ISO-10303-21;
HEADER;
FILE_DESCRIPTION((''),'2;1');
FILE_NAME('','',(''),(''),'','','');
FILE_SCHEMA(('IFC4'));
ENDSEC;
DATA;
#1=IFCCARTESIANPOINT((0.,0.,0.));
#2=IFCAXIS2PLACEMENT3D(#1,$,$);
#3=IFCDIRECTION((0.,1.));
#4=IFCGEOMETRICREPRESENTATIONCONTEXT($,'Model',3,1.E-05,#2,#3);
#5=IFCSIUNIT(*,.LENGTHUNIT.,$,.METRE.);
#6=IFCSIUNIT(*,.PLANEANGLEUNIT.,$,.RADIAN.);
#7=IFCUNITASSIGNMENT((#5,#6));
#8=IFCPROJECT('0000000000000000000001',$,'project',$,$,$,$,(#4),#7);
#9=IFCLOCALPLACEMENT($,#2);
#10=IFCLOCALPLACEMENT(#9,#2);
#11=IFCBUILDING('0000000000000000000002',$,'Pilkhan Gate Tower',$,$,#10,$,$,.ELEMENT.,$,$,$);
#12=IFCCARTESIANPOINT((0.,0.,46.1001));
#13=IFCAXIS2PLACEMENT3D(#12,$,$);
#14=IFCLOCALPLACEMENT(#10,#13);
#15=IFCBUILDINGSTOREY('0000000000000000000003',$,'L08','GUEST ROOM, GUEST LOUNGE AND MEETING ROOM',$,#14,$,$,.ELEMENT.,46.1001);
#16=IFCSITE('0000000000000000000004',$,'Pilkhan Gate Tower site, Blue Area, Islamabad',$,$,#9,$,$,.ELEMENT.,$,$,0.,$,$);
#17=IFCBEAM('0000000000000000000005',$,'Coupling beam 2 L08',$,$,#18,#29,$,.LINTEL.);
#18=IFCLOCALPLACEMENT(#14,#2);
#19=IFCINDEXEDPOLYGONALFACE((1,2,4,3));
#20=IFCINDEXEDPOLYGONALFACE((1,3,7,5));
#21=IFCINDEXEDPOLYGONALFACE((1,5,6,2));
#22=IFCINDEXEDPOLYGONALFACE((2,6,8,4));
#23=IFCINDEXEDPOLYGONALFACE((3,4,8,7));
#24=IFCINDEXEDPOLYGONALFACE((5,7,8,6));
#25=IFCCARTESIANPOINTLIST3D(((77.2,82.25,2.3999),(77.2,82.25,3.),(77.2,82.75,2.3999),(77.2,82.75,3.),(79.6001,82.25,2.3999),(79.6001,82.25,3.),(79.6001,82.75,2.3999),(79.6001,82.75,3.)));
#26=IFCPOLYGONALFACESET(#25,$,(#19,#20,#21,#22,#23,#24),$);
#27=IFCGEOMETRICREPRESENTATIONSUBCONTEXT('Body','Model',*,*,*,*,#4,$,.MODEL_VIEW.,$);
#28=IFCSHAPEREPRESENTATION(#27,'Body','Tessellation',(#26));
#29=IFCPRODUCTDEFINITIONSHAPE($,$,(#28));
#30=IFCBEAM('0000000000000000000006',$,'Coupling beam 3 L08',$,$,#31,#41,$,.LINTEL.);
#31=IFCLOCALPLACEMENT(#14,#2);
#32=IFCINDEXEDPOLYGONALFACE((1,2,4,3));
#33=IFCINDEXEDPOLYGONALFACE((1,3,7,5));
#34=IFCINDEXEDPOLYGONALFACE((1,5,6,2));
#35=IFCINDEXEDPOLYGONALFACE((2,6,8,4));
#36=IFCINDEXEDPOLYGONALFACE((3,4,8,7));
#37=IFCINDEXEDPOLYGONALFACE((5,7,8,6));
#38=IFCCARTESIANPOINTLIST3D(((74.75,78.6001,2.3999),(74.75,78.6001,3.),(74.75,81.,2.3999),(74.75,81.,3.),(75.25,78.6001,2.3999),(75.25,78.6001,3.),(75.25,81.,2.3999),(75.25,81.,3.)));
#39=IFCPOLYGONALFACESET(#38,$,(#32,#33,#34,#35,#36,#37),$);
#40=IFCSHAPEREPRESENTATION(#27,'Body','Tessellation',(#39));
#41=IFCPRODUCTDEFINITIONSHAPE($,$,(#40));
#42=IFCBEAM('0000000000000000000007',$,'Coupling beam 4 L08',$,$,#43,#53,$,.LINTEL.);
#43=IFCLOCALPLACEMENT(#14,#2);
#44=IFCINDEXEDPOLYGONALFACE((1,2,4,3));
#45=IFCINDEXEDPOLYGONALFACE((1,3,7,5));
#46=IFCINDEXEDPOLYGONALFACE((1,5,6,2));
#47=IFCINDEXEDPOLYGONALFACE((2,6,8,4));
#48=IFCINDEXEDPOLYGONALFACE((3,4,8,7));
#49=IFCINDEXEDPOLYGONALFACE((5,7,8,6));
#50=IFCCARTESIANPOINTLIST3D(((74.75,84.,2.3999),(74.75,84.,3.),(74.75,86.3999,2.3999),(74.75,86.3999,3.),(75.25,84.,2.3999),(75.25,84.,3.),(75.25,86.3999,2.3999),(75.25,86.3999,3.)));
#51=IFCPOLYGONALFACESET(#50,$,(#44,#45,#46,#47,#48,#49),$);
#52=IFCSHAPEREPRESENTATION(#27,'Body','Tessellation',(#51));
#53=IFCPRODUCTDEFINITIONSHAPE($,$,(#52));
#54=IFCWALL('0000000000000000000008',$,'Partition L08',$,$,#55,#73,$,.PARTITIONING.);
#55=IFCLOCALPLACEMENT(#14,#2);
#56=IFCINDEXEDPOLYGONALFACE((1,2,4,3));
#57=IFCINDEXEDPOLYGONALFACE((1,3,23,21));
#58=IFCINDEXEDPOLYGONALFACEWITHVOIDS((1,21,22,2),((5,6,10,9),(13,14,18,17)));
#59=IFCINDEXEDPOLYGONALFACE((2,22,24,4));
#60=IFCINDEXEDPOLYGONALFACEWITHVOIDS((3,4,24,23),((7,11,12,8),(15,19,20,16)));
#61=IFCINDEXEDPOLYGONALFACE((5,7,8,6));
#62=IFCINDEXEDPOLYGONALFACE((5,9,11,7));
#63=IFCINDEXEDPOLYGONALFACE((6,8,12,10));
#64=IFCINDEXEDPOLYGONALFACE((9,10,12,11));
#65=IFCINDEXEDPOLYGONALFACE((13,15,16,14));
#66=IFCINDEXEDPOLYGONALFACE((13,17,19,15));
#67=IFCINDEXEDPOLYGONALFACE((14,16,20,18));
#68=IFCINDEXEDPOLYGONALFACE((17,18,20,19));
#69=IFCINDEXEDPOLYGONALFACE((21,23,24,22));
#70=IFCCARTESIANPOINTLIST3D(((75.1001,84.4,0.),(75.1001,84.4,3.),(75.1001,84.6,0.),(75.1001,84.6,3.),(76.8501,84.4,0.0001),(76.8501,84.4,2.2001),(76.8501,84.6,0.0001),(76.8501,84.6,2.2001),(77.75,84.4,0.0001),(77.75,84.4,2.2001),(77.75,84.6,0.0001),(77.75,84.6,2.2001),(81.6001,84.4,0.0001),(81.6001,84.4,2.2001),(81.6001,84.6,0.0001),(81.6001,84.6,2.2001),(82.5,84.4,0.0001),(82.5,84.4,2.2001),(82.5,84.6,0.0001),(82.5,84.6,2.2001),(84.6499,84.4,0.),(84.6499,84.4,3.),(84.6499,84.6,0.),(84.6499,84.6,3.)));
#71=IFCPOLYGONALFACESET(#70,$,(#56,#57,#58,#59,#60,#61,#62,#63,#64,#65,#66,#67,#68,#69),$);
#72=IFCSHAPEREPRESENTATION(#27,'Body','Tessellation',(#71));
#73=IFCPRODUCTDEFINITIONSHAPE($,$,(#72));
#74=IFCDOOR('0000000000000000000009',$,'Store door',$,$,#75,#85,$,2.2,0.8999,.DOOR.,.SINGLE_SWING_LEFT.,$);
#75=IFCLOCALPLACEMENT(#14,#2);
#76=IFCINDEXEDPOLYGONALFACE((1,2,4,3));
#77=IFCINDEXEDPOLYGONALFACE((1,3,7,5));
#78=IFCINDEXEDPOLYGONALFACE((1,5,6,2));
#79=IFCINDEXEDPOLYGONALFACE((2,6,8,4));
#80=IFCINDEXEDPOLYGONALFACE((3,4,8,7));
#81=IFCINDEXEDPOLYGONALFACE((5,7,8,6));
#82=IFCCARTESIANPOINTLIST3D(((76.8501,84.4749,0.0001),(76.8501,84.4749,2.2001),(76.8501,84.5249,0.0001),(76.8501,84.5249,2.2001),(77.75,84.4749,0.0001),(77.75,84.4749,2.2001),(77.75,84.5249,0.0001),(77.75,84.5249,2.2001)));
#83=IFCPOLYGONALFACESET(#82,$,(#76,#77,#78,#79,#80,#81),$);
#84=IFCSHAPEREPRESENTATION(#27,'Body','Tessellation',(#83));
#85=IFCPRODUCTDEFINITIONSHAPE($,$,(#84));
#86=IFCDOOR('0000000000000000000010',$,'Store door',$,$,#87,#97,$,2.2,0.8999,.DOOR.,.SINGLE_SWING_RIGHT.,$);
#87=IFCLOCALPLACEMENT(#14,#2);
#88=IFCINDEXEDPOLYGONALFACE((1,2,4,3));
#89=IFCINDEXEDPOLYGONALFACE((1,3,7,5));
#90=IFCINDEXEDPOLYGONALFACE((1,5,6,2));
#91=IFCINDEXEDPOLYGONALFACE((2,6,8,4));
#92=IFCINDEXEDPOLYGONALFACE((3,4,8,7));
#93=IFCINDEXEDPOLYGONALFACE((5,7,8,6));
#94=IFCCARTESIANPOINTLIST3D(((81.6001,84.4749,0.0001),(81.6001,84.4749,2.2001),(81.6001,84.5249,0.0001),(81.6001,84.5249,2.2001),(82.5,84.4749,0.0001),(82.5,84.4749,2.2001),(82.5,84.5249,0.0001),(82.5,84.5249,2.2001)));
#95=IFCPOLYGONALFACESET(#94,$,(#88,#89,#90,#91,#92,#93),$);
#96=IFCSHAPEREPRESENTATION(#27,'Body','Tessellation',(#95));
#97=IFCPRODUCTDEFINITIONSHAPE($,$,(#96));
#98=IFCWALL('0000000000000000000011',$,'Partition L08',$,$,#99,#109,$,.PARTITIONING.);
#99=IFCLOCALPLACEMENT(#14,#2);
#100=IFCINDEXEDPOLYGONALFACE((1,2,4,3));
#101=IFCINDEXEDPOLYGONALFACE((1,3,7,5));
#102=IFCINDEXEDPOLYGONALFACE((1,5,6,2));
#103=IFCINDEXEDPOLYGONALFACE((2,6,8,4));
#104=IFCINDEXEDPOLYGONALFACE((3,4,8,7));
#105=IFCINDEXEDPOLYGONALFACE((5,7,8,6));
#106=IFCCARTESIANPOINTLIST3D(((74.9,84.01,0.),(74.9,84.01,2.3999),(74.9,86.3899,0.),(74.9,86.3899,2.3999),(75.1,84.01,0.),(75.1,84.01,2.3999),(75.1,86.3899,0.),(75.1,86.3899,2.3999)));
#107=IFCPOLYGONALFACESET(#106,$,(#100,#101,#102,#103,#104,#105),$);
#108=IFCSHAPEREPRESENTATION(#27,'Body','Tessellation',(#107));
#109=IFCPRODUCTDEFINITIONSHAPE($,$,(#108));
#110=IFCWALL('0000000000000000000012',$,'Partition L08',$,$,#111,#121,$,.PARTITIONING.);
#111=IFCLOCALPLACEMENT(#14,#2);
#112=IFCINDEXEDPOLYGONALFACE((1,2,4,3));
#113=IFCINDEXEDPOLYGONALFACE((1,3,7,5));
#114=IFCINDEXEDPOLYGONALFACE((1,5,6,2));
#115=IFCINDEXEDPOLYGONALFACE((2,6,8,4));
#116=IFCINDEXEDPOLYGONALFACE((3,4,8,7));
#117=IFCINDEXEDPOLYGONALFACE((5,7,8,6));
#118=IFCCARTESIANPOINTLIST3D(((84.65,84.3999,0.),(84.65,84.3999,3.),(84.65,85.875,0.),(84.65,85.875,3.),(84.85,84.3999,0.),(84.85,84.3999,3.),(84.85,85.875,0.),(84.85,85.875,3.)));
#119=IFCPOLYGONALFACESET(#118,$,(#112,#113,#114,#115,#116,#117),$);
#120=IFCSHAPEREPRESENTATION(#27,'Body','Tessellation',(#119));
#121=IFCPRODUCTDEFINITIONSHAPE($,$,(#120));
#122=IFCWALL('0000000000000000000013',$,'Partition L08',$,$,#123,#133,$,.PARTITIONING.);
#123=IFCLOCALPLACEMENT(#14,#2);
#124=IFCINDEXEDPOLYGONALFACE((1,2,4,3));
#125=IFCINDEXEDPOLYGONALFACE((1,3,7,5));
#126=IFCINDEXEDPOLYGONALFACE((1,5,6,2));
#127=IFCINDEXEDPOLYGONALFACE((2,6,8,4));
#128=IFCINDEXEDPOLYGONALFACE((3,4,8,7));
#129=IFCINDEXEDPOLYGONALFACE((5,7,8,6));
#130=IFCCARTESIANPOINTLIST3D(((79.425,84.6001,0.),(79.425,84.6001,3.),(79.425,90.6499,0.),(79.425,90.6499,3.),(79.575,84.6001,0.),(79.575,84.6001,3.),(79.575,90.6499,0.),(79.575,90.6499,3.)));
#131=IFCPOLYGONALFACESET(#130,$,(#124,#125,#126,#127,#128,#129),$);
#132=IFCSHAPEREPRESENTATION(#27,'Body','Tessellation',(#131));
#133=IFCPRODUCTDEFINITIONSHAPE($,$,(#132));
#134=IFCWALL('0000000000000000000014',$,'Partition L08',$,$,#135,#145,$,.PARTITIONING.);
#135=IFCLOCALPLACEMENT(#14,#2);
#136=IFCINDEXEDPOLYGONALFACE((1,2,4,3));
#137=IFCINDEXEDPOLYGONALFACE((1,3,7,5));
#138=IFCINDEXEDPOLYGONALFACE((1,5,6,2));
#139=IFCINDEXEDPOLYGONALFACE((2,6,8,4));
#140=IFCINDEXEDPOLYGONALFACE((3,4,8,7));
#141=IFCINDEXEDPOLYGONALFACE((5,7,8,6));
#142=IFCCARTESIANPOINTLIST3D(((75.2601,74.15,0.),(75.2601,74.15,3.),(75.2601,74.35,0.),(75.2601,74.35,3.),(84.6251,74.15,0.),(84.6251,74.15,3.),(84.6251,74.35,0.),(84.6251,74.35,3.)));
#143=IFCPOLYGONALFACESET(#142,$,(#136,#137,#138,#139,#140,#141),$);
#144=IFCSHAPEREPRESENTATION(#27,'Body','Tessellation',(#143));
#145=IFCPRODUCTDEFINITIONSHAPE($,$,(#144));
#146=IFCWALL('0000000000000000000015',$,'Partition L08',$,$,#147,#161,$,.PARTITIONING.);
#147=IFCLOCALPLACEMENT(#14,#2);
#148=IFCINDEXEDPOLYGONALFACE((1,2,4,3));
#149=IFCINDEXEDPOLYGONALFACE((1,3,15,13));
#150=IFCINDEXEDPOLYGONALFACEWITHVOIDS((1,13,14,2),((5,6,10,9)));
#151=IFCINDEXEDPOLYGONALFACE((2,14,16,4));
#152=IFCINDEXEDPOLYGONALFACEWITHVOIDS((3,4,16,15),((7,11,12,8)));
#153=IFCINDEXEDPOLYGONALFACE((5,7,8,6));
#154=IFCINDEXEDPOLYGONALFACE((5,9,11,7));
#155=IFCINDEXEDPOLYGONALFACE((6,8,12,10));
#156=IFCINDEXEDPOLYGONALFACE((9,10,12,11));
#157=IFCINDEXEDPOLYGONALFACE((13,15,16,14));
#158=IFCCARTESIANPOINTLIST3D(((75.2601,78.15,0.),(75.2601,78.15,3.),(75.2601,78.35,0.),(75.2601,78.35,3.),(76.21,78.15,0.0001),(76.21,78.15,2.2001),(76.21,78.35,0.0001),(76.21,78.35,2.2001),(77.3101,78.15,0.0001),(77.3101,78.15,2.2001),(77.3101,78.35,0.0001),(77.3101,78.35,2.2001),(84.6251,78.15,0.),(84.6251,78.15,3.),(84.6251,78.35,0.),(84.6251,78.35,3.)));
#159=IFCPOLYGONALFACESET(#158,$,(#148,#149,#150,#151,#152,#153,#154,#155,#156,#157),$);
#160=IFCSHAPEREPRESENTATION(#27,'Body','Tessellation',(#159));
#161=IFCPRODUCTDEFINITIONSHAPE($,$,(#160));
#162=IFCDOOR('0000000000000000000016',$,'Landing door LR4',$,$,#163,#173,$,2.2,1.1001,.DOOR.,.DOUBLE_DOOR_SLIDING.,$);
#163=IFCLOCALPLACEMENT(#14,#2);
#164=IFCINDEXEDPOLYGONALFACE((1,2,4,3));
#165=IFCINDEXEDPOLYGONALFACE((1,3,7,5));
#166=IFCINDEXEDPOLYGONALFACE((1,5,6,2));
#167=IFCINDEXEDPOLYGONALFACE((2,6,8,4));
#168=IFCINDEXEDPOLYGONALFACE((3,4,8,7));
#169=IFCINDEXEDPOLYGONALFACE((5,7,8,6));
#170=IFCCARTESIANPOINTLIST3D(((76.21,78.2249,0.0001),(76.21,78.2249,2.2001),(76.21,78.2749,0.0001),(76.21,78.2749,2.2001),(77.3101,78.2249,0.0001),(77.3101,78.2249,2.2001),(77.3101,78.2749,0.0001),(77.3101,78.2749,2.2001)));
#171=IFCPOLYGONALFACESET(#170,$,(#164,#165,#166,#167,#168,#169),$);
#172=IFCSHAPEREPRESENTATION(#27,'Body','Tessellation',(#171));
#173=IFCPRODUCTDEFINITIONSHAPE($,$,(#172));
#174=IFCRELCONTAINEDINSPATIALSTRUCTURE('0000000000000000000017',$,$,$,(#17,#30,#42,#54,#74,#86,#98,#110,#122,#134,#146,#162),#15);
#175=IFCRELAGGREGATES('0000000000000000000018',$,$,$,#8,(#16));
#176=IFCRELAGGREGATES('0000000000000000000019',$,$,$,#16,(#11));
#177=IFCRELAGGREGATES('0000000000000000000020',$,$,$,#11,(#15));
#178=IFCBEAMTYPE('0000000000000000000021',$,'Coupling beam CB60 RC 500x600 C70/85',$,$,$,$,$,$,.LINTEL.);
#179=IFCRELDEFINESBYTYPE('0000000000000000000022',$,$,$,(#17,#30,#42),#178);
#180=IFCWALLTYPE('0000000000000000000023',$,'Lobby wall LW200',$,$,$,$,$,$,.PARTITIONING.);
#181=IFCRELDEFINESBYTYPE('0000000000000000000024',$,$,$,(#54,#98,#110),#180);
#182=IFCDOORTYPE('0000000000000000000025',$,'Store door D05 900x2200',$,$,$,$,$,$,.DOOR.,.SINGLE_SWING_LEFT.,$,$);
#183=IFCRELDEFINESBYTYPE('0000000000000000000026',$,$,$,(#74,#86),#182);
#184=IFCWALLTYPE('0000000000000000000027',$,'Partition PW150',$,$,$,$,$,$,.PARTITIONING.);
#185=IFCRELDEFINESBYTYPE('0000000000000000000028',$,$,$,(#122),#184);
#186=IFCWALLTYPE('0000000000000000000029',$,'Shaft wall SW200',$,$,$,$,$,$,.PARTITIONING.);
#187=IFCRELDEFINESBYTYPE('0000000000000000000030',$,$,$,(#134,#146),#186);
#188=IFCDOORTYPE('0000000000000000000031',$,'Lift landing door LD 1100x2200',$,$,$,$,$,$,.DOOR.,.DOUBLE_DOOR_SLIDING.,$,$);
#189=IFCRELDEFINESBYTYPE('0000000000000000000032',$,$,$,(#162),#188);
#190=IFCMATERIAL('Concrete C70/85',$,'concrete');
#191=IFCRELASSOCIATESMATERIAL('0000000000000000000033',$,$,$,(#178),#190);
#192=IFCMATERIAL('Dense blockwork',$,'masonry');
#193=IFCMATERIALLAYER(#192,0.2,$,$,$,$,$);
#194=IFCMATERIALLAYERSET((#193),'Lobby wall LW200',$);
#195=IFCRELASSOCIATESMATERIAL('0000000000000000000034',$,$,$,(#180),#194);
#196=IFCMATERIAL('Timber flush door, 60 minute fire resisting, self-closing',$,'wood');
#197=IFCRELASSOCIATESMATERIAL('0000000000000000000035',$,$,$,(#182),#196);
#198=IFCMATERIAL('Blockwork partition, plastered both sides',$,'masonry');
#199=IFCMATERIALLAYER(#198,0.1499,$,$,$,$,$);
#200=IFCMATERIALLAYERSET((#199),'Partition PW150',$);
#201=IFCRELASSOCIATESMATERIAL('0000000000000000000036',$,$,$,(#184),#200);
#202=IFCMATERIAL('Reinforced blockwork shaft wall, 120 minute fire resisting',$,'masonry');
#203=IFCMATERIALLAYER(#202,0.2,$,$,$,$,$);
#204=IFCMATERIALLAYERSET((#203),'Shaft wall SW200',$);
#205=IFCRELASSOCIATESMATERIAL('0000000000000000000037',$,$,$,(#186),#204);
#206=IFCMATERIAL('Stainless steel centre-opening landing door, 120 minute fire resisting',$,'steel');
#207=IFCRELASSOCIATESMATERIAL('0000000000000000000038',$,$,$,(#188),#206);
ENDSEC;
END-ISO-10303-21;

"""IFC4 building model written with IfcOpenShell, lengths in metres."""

from ifc_helpers import new_model, si_unit, direction, frame, frame_2d, origin, origin_2d, place, context, subcontext, project, spatial, rectangle, extrude, material, layer, layer_set, material_profile, profile_set, type_object, element, fill, save


model = new_model("IFC4")

# Units and contexts
model_context = context("Model", 3, precision=1e-05, world=origin(), true_north=direction((0.0, 1.0)))
body_context = subcontext(model_context, "Body", "Model", "MODEL_VIEW")
ifc_project = project(units=[si_unit("LENGTHUNIT", "METRE"), si_unit("PLANEANGLEUNIT", "RADIAN")], contexts=[model_context])

# Site, building, storey
site_placement = place(None, origin())
site = spatial("IfcSite", under=ifc_project, at=site_placement, Name="Pilkhan Gate Tower site, Blue Area, Islamabad", CompositionType="ELEMENT", RefElevation=0.0)
building_placement = place(site_placement, origin())
building = spatial("IfcBuilding", under=site, at=building_placement, Name="Pilkhan Gate Tower", CompositionType="ELEMENT")
storey_placement = place(building_placement, frame((0.0, 0.0, 46.1001)))
storey = spatial("IfcBuildingStorey", under=building, at=storey_placement, Name="L08", Description="GUEST ROOM, GUEST LOUNGE AND MEETING ROOM", CompositionType="ELEMENT", Elevation=46.1001)

# Beams
ifc_material_1 = material(Name="Concrete C70/85", Category="concrete")
ifc_material_profile = material_profile(ifc_material_1, rectangle(XDim=0.5, YDim=0.6001, at=origin_2d()), Name="RC 500x600")
ifc_profile_set = profile_set([ifc_material_profile], Name="Concrete C70/85")
beam_type = type_object("IfcBeamType", Name="Coupling beam CB60 RC 500x600 C70/85", PredefinedType="LINTEL", material=ifc_profile_set)
beam_placement = place(storey_placement, frame((77.2, 82.5, 2.7), z_axis=(1.0, 0.0, 0.0), x_axis=(0.0, 1.0, 0.0)))
element("IfcBeam", 1, at=beam_placement, inside=storey, type_object=beam_type, Name="Coupling beam 2 L08", PredefinedType="LINTEL", context=body_context, shape_type="SweptSolid", body=[
    extrude(rectangle(XDim=0.5, YDim=0.6001, at=origin_2d()), origin(), (0.0, 0.0, 1.0), 2.4001),
])
for number, where, z_axis, x_axis, name in (
    (2, (75.0, 78.6001, 2.7), (0.0, 1.0, 0.0), (-1.0, 0.0, 0.0), "Coupling beam 3 L08"),
    (3, (75.0, 84.0, 2.7), (0.0, 1.0, 0.0), (-1.0, 0.0, 0.0), "Coupling beam 4 L08"),
):
    element("IfcBeam", number, at=place(storey_placement, frame(where, z_axis=z_axis, x_axis=x_axis)), inside=storey, type_object=beam_type, Name=name, PredefinedType="LINTEL", context=body_context, shape_type="SweptSolid", body=[
        extrude(rectangle(XDim=0.5, YDim=0.6001, at=origin_2d()), origin(), (0.0, 0.0, 1.0), 2.3999),
    ])

# Wall, openings, doors
ifc_material_2 = material(Name="Dense blockwork", Category="masonry")
ifc_layer_1 = layer(ifc_material_2, 0.2)
ifc_layer_set_1 = layer_set([ifc_layer_1], Name="Lobby wall LW200")
wall_type_1 = type_object("IfcWallType", Name="Lobby wall LW200", PredefinedType="PARTITIONING", material=ifc_layer_set_1)
wall_1_placement = place(storey_placement, frame((75.1001, 84.5, 0.0), z_axis=(0.0, 0.0, 1.0), x_axis=(1.0, 0.0, 0.0)))
wall_1 = element("IfcWall", 4, at=wall_1_placement, inside=storey, type_object=wall_type_1, Name="Partition L08", PredefinedType="PARTITIONING", context=body_context, shape_type="SweptSolid", body=[
    extrude(rectangle(XDim=9.5498, YDim=0.2, at=frame_2d((4.7749, 0.0))), origin(), (0.0, 0.0, 1.0), 3.0),
])
opening_1_placement = place(wall_1_placement, frame((1.75, 0.0, 0.0)))
opening_1 = element("IfcOpeningElement", 5, at=opening_1_placement, cuts=wall_1, PredefinedType="OPENING", context=body_context, shape_type="SweptSolid", body=[
    extrude(rectangle(XDim=0.8999, YDim=2.2, at=frame_2d((0.45, 1.1001))), frame((0.0, 0.1099, 0.0), z_axis=(0.0, -1.0, 0.0), x_axis=(1.0, 0.0, 0.0)), (0.0, 0.0, 1.0), 0.22),
])
opening_2_placement = place(wall_1_placement, frame((6.5, 0.0, 0.0)))
opening_2 = element("IfcOpeningElement", 6, at=opening_2_placement, cuts=wall_1, PredefinedType="OPENING", context=body_context, shape_type="SweptSolid", body=[
    extrude(rectangle(XDim=0.8999, YDim=2.2, at=frame_2d((0.45, 1.1001))), frame((0.0, 0.1099, 0.0), z_axis=(0.0, -1.0, 0.0), x_axis=(1.0, 0.0, 0.0)), (0.0, 0.0, 1.0), 0.22),
])
ifc_material_3 = material(Name="Timber flush door, 60 minute fire resisting, self-closing", Category="wood")
door_type_1 = type_object("IfcDoorType", Name="Store door D05 900x2200", OperationType="SINGLE_SWING_LEFT", PredefinedType="DOOR", material=ifc_material_3)
door_1_placement = place(opening_1_placement, origin())
door_1 = element("IfcDoor", 7, at=door_1_placement, inside=storey, type_object=door_type_1, Name="Store door", OperationType="SINGLE_SWING_LEFT", OverallHeight=2.2, OverallWidth=0.8999, PredefinedType="DOOR", context=body_context, shape_type="SweptSolid", body=[
    extrude(rectangle(XDim=0.8999, YDim=2.2, at=frame_2d((0.45, 1.1001))), frame((0.0, 0.0249, 0.0), z_axis=(0.0, -1.0, 0.0), x_axis=(1.0, 0.0, 0.0)), (0.0, 0.0, 1.0), 0.05),
])
fill(opening_1, door_1)
door_2_placement = place(opening_2_placement, origin())
door_2 = element("IfcDoor", 8, at=door_2_placement, inside=storey, type_object=door_type_1, Name="Store door", OperationType="SINGLE_SWING_RIGHT", OverallHeight=2.2, OverallWidth=0.8999, PredefinedType="DOOR", context=body_context, shape_type="SweptSolid", body=[
    extrude(rectangle(XDim=0.8999, YDim=2.2, at=frame_2d((0.45, 1.1001))), frame((0.0, 0.0249, 0.0), z_axis=(0.0, -1.0, 0.0), x_axis=(1.0, 0.0, 0.0)), (0.0, 0.0, 1.0), 0.05),
])
fill(opening_2, door_2)

# Walls
wall_2_placement = place(storey_placement, frame((75.0, 84.01, 0.0), z_axis=(0.0, 0.0, 1.0), x_axis=(0.0, 1.0, 0.0)))
element("IfcWall", 9, at=wall_2_placement, inside=storey, type_object=wall_type_1, Name="Partition L08", PredefinedType="PARTITIONING", context=body_context, shape_type="SweptSolid", body=[
    extrude(rectangle(XDim=2.3799, YDim=0.2, at=frame_2d((1.1899, 0.0))), origin(), (0.0, 0.0, 1.0), 2.3999),
])
wall_3_placement = place(storey_placement, frame((84.75, 84.3999, 0.0), z_axis=(0.0, 0.0, 1.0), x_axis=(0.0, 1.0, 0.0)))
element("IfcWall", 10, at=wall_3_placement, inside=storey, type_object=wall_type_1, Name="Partition L08", PredefinedType="PARTITIONING", context=body_context, shape_type="SweptSolid", body=[
    extrude(rectangle(XDim=1.4751, YDim=0.2, at=frame_2d((0.7375, 0.0))), origin(), (0.0, 0.0, 1.0), 3.0),
])
ifc_material_4 = material(Name="Blockwork partition, plastered both sides", Category="masonry")
ifc_layer_2 = layer(ifc_material_4, 0.1499)
ifc_layer_set_2 = layer_set([ifc_layer_2], Name="Partition PW150")
wall_type_2 = type_object("IfcWallType", Name="Partition PW150", PredefinedType="PARTITIONING", material=ifc_layer_set_2)
wall_4_placement = place(storey_placement, frame((79.5, 84.6001, 0.0), z_axis=(0.0, 0.0, 1.0), x_axis=(0.0, 1.0, 0.0)))
element("IfcWall", 11, at=wall_4_placement, inside=storey, type_object=wall_type_2, Name="Partition L08", PredefinedType="PARTITIONING", context=body_context, shape_type="SweptSolid", body=[
    extrude(rectangle(XDim=6.0498, YDim=0.1499, at=frame_2d((3.0249, 0.0))), origin(), (0.0, 0.0, 1.0), 3.0),
])
ifc_material_5 = material(Name="Reinforced blockwork shaft wall, 120 minute fire resisting", Category="masonry")
ifc_layer_3 = layer(ifc_material_5, 0.2)
ifc_layer_set_3 = layer_set([ifc_layer_3], Name="Shaft wall SW200")
wall_type_3 = type_object("IfcWallType", Name="Shaft wall SW200", PredefinedType="PARTITIONING", material=ifc_layer_set_3)
wall_5_placement = place(storey_placement, frame((75.26, 74.25, 0.0), z_axis=(0.0, 0.0, 1.0), x_axis=(1.0, 0.0, 0.0)))
element("IfcWall", 12, at=wall_5_placement, inside=storey, type_object=wall_type_3, Name="Partition L08", PredefinedType="PARTITIONING", context=body_context, shape_type="SweptSolid", body=[
    extrude(rectangle(XDim=9.365, YDim=0.2, at=frame_2d((4.6826, 0.0))), origin(), (0.0, 0.0, 1.0), 3.0),
])

# Wall, opening, door
wall_6_placement = place(storey_placement, frame((75.26, 78.25, 0.0), z_axis=(0.0, 0.0, 1.0), x_axis=(1.0, 0.0, 0.0)))
wall_6 = element("IfcWall", 13, at=wall_6_placement, inside=storey, type_object=wall_type_3, Name="Partition L08", PredefinedType="PARTITIONING", context=body_context, shape_type="SweptSolid", body=[
    extrude(rectangle(XDim=9.365, YDim=0.2, at=frame_2d((4.6826, 0.0))), origin(), (0.0, 0.0, 1.0), 3.0),
])
opening_3_placement = place(wall_6_placement, frame((0.95, 0.0, 0.0)))
opening_3 = element("IfcOpeningElement", 14, at=opening_3_placement, cuts=wall_6, PredefinedType="OPENING", context=body_context, shape_type="SweptSolid", body=[
    extrude(rectangle(XDim=1.1001, YDim=2.2, at=frame_2d((0.55, 1.1001))), frame((0.0, 0.1099, 0.0), z_axis=(0.0, -1.0, 0.0), x_axis=(1.0, 0.0, 0.0)), (0.0, 0.0, 1.0), 0.22),
])
ifc_material_6 = material(Name="Stainless steel centre-opening landing door, 120 minute fire resisting", Category="steel")
door_type_2 = type_object("IfcDoorType", Name="Lift landing door LD 1100x2200", OperationType="DOUBLE_DOOR_SLIDING", PredefinedType="DOOR", material=ifc_material_6)
door_3_placement = place(opening_3_placement, origin())
door_3 = element("IfcDoor", 15, at=door_3_placement, inside=storey, type_object=door_type_2, Name="Landing door LR4", OperationType="DOUBLE_DOOR_SLIDING", OverallHeight=2.2, OverallWidth=1.1001, PredefinedType="DOOR", context=body_context, shape_type="SweptSolid", body=[
    extrude(rectangle(XDim=1.1001, YDim=2.2, at=frame_2d((0.55, 1.1001))), frame((0.0, 0.0249, 0.0), z_axis=(0.0, -1.0, 0.0), x_axis=(1.0, 0.0, 0.0)), (0.0, 0.0, 1.0), 0.05),
])
fill(opening_3, door_3)

save(model, "model.ifc")
